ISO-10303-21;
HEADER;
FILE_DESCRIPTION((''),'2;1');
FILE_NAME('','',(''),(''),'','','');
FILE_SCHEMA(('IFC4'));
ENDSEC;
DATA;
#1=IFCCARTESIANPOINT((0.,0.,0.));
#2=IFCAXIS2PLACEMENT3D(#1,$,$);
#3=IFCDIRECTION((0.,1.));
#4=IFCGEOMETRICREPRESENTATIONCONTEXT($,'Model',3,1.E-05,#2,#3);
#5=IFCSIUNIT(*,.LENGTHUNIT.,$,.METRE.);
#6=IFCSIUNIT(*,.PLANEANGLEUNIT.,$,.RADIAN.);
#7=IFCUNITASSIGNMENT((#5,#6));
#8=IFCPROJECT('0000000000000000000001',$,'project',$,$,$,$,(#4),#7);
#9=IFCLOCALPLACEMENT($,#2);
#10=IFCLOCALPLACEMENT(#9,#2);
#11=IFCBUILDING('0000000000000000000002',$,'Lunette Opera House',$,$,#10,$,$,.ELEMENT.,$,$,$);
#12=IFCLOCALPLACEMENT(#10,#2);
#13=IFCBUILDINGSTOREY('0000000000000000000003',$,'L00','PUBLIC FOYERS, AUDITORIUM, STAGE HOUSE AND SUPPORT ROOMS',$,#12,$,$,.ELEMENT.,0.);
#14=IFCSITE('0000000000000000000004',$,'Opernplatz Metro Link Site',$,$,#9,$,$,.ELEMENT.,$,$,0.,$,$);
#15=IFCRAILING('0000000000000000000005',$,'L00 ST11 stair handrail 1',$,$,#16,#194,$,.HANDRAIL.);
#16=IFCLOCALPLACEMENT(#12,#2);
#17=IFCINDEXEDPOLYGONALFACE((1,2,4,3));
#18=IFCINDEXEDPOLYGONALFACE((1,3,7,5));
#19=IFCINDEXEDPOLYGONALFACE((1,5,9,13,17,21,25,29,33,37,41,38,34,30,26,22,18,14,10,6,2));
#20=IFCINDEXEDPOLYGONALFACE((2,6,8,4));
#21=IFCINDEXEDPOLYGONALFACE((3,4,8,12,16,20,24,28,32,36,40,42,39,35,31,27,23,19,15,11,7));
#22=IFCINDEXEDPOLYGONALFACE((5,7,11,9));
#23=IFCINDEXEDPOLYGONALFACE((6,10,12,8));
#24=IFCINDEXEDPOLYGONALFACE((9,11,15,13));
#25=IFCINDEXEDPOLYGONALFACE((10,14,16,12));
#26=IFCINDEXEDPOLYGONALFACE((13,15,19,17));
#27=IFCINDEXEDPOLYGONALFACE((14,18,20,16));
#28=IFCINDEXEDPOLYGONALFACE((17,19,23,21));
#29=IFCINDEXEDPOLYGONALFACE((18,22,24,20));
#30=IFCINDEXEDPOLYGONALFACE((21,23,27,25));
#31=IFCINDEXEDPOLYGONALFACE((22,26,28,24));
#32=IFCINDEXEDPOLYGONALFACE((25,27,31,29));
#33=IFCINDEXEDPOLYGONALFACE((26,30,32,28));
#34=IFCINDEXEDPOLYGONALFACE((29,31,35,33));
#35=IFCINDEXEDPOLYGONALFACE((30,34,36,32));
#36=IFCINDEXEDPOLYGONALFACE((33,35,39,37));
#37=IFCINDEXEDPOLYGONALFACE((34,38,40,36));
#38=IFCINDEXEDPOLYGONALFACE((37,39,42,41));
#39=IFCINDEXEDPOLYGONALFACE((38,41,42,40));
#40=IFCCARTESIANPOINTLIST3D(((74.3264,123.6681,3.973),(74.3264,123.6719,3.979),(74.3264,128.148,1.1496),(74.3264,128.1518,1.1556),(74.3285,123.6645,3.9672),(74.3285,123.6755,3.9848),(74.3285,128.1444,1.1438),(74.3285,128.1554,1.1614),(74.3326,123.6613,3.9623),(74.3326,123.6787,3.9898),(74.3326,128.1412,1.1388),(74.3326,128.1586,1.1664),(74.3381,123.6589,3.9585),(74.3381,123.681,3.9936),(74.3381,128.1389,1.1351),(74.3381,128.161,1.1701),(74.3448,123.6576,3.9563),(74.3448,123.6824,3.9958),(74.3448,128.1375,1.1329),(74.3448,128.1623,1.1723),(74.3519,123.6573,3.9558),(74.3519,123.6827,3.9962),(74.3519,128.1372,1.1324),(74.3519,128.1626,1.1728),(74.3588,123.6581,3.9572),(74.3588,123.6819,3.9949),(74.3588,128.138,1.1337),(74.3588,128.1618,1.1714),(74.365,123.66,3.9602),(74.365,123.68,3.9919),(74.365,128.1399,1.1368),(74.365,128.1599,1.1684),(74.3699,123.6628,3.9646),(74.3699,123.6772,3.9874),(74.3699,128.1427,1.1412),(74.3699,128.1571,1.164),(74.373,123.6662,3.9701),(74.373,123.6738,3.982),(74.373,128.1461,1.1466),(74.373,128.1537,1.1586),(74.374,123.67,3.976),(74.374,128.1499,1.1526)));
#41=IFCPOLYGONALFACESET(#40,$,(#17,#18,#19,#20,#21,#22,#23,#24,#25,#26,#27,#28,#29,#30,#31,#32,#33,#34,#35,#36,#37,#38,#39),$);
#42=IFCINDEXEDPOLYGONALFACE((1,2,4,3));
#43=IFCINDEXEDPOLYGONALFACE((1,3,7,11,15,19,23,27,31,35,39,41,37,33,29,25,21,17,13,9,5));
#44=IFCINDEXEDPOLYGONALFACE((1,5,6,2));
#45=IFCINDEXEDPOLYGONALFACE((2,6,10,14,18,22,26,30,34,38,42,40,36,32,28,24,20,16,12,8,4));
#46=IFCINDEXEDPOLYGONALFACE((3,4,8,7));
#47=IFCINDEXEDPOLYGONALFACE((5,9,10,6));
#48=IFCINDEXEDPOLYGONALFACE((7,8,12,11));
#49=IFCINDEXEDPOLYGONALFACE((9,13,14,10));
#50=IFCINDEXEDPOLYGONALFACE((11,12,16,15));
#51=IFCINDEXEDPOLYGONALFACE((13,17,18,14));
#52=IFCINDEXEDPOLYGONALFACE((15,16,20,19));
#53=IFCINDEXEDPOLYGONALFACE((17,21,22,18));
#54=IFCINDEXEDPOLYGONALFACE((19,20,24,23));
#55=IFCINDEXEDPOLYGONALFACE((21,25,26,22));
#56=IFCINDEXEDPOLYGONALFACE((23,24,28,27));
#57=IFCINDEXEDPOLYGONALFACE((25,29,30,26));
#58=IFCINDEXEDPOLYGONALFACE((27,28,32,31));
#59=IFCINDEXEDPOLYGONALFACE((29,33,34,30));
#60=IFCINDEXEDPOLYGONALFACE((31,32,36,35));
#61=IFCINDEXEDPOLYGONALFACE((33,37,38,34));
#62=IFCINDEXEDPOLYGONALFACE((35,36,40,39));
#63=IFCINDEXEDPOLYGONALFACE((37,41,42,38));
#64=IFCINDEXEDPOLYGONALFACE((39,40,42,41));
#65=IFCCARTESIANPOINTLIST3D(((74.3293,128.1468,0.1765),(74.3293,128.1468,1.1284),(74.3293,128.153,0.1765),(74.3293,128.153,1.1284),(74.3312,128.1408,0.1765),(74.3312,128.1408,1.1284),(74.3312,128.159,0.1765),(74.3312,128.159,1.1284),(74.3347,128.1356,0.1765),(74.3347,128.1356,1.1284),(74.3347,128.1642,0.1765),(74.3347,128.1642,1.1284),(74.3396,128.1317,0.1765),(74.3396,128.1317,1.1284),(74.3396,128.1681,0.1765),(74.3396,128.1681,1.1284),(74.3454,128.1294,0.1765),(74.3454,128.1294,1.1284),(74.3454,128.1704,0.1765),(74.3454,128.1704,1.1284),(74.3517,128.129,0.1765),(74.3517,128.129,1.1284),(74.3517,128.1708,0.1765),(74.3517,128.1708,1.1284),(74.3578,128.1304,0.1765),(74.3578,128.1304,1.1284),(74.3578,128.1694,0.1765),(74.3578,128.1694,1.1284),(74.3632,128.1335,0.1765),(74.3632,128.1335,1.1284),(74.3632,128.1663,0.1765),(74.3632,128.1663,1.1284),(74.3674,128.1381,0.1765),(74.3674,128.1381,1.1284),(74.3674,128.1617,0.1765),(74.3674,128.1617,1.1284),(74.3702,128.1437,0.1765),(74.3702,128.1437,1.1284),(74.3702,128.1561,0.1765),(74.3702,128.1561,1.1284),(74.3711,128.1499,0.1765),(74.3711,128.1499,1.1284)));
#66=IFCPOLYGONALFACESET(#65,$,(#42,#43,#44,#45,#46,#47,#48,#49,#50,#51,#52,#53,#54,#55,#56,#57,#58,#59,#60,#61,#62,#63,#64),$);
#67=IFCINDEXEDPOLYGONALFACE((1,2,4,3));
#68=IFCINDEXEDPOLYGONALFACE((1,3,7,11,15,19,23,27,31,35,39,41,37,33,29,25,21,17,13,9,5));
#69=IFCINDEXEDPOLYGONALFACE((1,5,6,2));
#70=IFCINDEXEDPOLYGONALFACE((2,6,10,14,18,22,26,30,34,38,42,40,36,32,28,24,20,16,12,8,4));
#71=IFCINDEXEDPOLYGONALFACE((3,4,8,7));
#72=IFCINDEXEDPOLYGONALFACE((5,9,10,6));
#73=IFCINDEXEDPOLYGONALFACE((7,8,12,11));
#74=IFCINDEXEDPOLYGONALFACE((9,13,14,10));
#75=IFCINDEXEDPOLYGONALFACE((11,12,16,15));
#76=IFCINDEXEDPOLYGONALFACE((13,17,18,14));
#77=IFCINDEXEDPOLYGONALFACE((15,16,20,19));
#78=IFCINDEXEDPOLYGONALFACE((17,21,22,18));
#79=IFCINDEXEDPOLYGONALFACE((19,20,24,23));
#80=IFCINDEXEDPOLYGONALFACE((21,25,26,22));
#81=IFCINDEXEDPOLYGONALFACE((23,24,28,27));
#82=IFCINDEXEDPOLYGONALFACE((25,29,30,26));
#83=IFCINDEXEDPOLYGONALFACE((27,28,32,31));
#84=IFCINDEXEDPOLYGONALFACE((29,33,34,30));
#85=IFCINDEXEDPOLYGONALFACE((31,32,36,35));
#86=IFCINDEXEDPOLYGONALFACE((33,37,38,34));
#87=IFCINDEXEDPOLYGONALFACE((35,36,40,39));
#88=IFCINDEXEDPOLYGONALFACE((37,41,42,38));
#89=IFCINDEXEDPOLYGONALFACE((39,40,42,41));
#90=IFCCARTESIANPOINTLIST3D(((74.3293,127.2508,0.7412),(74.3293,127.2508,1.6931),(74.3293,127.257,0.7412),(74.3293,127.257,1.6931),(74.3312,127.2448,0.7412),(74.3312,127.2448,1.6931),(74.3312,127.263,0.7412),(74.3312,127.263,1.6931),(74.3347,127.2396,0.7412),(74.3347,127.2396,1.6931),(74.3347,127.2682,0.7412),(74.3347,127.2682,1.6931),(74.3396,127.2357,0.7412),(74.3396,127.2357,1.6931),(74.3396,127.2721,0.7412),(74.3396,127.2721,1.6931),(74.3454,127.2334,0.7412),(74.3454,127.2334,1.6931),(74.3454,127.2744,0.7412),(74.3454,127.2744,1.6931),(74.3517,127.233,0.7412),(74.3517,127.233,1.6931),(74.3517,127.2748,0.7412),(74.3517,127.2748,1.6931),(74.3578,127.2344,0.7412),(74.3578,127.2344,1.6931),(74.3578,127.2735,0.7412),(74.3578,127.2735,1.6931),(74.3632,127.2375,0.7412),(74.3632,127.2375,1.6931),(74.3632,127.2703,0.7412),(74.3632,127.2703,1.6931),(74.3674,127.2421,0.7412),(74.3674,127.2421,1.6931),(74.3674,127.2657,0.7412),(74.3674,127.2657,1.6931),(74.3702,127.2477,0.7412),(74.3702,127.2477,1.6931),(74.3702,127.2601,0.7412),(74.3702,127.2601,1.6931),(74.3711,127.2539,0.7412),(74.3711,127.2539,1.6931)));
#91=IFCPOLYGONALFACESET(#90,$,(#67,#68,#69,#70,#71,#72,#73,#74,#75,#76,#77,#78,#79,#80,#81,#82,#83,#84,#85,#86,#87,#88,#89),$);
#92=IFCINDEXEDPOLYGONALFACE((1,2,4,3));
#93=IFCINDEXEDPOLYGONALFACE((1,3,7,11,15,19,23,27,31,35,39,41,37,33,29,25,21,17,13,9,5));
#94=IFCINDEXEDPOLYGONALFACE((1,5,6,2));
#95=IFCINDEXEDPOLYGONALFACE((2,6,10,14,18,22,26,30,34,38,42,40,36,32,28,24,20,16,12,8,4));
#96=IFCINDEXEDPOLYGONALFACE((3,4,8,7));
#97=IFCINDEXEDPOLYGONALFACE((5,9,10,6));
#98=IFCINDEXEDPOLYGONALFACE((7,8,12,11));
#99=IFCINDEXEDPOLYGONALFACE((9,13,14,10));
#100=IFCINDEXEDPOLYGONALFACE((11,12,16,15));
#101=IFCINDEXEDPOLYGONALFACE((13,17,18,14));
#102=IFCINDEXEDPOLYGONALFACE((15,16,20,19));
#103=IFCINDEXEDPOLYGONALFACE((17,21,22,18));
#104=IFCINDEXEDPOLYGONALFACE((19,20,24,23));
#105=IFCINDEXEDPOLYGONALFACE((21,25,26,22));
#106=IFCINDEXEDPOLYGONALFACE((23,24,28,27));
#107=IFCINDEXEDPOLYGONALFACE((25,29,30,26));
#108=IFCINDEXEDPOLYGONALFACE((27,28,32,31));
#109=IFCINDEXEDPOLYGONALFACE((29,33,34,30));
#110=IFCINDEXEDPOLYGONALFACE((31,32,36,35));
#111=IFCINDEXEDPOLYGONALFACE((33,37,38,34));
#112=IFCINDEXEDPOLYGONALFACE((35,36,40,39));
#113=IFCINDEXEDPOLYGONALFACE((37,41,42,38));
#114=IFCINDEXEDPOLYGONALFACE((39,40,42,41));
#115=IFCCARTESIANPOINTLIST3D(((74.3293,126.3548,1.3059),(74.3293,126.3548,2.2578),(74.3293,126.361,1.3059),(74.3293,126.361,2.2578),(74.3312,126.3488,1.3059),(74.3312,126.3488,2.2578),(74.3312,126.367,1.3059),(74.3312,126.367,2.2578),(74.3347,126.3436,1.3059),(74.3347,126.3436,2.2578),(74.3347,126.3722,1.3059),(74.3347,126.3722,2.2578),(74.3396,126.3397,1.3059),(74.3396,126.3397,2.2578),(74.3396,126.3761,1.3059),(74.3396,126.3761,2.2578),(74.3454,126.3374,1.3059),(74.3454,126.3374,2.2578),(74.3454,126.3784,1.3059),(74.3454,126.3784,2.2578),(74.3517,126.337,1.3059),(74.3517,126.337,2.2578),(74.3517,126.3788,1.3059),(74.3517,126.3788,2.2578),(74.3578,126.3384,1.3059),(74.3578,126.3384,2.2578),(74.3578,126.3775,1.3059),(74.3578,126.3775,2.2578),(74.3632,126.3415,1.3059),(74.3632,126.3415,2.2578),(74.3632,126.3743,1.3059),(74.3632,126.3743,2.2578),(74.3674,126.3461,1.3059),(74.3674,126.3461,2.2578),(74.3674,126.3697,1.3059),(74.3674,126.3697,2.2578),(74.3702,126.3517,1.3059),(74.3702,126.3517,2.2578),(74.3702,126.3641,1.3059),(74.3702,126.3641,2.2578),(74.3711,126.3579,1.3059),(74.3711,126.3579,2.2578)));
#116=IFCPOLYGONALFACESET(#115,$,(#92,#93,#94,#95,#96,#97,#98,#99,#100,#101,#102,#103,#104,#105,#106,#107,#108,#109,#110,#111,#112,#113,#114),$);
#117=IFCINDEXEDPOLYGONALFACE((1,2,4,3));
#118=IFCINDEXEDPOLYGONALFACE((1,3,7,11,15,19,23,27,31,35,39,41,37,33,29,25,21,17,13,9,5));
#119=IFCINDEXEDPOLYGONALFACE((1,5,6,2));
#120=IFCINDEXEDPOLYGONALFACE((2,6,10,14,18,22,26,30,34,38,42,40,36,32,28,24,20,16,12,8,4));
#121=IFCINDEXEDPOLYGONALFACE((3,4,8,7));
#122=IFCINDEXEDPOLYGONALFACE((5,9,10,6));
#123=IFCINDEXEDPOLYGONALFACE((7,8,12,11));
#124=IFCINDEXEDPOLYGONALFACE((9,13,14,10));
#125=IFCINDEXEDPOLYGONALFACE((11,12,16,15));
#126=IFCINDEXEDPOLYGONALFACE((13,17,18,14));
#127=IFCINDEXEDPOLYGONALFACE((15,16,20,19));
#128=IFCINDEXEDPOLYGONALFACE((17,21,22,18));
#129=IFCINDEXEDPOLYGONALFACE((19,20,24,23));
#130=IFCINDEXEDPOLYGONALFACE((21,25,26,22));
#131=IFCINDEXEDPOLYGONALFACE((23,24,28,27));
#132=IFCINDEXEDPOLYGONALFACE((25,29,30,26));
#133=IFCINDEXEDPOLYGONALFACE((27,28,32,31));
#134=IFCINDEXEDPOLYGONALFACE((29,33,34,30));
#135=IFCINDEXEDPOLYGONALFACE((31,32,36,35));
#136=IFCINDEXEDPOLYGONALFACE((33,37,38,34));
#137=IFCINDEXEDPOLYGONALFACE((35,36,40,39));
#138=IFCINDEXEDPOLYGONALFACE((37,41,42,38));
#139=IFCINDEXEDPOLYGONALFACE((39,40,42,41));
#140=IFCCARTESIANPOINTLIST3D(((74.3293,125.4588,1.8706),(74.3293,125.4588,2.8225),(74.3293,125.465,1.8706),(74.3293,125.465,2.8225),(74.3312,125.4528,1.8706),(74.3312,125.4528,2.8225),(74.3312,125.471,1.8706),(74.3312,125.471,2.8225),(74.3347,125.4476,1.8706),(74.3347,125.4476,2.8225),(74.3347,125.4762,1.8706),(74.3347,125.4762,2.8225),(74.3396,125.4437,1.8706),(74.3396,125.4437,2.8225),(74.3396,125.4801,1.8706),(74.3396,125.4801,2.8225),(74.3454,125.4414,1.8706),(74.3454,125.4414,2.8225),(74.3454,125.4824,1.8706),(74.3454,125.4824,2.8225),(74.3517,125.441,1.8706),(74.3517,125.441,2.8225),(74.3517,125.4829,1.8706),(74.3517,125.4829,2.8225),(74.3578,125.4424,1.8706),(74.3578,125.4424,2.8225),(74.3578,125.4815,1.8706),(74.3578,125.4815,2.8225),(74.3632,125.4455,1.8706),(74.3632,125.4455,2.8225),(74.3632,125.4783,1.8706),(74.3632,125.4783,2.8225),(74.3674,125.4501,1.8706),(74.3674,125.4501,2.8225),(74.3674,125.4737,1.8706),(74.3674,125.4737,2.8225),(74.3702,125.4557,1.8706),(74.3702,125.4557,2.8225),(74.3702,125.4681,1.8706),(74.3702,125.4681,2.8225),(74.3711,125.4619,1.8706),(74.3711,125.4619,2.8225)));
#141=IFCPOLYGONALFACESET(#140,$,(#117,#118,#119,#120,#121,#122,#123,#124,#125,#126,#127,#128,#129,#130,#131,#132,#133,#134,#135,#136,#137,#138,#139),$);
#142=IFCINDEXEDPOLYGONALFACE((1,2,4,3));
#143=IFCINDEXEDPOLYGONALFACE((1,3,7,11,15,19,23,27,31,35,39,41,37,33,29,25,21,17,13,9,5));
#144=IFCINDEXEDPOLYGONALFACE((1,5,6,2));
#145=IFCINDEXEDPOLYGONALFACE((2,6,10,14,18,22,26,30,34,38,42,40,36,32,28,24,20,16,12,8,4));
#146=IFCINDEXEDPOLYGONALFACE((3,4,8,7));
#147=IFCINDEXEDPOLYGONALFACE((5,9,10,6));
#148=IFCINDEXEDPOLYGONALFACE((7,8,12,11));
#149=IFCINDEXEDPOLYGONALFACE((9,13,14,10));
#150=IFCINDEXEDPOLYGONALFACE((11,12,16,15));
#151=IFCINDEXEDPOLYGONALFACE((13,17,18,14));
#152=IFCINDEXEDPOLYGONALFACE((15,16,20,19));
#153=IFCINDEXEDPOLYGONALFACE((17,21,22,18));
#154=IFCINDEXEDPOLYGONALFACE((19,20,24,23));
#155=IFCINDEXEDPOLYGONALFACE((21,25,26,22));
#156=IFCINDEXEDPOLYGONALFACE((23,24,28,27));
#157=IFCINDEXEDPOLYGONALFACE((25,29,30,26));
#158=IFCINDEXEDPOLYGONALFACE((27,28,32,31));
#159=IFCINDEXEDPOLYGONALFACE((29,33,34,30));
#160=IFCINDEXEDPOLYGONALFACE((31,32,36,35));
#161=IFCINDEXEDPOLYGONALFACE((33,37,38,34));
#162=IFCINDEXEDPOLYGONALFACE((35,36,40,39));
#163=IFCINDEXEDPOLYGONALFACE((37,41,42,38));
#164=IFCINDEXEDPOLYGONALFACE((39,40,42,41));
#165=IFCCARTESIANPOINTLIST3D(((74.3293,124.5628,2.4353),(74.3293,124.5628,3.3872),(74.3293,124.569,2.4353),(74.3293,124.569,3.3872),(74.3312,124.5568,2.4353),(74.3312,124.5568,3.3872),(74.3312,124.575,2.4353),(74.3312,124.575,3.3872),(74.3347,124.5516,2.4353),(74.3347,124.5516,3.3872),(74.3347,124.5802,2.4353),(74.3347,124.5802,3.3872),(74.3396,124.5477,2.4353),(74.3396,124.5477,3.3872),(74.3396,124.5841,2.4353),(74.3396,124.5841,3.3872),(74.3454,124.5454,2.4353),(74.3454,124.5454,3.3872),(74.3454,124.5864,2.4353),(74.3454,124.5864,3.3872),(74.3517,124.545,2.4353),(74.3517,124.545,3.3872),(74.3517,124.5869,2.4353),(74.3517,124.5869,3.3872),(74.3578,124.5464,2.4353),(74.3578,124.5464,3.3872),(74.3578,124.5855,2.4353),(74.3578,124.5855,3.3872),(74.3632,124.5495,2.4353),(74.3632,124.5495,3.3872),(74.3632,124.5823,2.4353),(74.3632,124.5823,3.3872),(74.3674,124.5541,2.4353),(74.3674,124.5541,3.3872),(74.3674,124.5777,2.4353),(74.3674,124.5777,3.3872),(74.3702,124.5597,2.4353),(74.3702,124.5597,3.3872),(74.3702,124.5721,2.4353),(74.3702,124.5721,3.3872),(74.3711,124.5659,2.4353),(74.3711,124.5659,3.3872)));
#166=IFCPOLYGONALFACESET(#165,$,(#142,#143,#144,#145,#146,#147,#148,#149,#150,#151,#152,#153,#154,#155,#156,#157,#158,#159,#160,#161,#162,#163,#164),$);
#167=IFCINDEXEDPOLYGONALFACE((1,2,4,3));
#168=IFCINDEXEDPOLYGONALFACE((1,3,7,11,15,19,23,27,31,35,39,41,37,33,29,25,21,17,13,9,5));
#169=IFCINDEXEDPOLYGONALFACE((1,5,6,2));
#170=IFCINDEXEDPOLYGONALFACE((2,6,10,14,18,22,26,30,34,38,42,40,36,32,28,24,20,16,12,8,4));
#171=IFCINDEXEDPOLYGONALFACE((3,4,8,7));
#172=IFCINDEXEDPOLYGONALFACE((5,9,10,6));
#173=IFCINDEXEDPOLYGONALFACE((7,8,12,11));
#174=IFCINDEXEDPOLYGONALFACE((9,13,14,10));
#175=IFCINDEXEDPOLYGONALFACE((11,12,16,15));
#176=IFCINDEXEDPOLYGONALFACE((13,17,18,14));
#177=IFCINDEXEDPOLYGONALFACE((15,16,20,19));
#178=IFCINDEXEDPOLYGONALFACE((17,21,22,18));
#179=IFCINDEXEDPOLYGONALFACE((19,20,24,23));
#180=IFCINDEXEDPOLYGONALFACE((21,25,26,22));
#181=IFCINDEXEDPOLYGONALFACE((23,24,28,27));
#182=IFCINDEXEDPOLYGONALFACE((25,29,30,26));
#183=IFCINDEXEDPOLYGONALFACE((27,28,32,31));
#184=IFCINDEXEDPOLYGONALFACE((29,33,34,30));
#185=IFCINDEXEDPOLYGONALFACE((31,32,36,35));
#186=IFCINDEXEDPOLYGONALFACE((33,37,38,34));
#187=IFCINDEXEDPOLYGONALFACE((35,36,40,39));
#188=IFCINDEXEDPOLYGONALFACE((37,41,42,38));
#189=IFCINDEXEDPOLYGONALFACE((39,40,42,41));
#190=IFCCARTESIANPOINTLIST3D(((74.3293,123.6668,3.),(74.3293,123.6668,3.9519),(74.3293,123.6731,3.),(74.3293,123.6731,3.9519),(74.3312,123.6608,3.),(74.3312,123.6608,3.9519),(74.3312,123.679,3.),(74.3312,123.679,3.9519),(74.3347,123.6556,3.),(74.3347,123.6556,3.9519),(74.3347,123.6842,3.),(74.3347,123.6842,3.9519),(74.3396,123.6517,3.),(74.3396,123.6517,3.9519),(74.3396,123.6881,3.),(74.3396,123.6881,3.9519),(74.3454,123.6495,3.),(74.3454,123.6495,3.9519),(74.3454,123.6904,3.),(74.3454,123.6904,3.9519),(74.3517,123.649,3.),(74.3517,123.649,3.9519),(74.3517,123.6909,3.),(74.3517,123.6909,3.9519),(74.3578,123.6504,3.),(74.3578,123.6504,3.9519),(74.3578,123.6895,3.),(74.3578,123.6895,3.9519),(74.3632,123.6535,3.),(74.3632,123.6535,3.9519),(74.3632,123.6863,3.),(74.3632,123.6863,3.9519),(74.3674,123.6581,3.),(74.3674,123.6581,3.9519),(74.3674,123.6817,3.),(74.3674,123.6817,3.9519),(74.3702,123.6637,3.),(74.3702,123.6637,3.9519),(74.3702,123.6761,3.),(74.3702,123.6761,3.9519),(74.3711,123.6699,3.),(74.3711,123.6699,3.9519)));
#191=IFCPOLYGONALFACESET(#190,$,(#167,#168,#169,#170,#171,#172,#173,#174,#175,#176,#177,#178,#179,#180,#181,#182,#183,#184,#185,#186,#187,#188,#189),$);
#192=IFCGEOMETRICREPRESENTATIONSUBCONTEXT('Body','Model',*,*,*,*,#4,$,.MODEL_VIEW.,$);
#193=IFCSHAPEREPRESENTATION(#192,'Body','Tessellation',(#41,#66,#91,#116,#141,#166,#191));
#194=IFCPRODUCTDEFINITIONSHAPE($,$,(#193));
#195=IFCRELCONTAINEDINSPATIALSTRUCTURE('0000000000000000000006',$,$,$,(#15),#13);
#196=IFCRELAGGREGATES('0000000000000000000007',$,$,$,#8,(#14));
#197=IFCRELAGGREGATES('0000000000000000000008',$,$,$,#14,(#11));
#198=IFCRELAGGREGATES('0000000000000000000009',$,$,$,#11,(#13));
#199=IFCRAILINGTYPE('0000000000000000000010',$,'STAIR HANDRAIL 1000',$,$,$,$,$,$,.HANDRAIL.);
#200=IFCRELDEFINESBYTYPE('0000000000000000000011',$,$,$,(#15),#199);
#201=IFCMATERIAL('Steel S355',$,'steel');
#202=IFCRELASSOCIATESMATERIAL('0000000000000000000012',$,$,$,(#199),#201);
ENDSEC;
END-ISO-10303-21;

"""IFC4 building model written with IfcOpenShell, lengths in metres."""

from ifc_helpers import new_model, si_unit, direction, frame, origin, origin_2d, place, context, subcontext, project, spatial, circle, extrude, material, type_object, element, save


model = new_model("IFC4")

# Units and contexts
model_context = context("Model", 3, precision=1e-05, world=origin(), true_north=direction((0.0, 1.0)))
body_context = subcontext(model_context, "Body", "Model", "MODEL_VIEW")
ifc_project = project(units=[si_unit("LENGTHUNIT", "METRE"), si_unit("PLANEANGLEUNIT", "RADIAN")], contexts=[model_context])

# Site, building, storey
site_placement = place(None, origin())
site = spatial("IfcSite", under=ifc_project, at=site_placement, Name="Opernplatz Metro Link Site", CompositionType="ELEMENT", RefElevation=0.0)
building_placement = place(site_placement, origin())
building = spatial("IfcBuilding", under=site, at=building_placement, Name="Lunette Opera House", CompositionType="ELEMENT")
storey_placement = place(building_placement, origin())
storey = spatial("IfcBuildingStorey", under=building, at=storey_placement, Name="L00", Description="PUBLIC FOYERS, AUDITORIUM, STAGE HOUSE AND SUPPORT ROOMS", CompositionType="ELEMENT", Elevation=0.0)

# Railing
ifc_material_1 = material(Name="Steel S355", Category="steel")
railing_type_1 = type_object("IfcRailingType", Name="STAIR HANDRAIL 1000", PredefinedType="HANDRAIL", material=ifc_material_1)
railing_1_placement = place(storey_placement, frame((74.3501, 128.1499, 0.1765)))
element("IfcRailing", 1, at=railing_1_placement, inside=storey, type_object=railing_type_1, Name="L00 ST11 stair handrail 1", PredefinedType="HANDRAIL", context=body_context, shape_type="SweptSolid", body=[
    extrude(circle(Radius=0.0239, at=origin_2d()), frame((0.0, 0.0, 0.9761), z_axis=(0.0, -0.845998, 0.533186), x_axis=(1.0, 0.0, 0.0)), (0.0, 0.0, 1.0), 5.2954),
    extrude(circle(Radius=0.021, at=origin_2d()), origin(), (0.0, 0.0, 1.0), 0.9519),
    extrude(circle(Radius=0.021, at=origin_2d()), frame((0.0, -0.896, 0.5647)), (0.0, 0.0, 1.0), 0.9519),
    extrude(circle(Radius=0.021, at=origin_2d()), frame((0.0, -1.792, 1.1294)), (0.0, 0.0, 1.0), 0.9519),
    extrude(circle(Radius=0.021, at=origin_2d()), frame((0.0, -2.688, 1.6941)), (0.0, 0.0, 1.0), 0.9519),
    extrude(circle(Radius=0.021, at=origin_2d()), frame((0.0, -3.584, 2.2588)), (0.0, 0.0, 1.0), 0.9519),
    extrude(circle(Radius=0.021, at=origin_2d()), frame((0.0, -4.48, 2.8235)), (0.0, 0.0, 1.0), 0.9519),
])

save(model, "model.ifc")
